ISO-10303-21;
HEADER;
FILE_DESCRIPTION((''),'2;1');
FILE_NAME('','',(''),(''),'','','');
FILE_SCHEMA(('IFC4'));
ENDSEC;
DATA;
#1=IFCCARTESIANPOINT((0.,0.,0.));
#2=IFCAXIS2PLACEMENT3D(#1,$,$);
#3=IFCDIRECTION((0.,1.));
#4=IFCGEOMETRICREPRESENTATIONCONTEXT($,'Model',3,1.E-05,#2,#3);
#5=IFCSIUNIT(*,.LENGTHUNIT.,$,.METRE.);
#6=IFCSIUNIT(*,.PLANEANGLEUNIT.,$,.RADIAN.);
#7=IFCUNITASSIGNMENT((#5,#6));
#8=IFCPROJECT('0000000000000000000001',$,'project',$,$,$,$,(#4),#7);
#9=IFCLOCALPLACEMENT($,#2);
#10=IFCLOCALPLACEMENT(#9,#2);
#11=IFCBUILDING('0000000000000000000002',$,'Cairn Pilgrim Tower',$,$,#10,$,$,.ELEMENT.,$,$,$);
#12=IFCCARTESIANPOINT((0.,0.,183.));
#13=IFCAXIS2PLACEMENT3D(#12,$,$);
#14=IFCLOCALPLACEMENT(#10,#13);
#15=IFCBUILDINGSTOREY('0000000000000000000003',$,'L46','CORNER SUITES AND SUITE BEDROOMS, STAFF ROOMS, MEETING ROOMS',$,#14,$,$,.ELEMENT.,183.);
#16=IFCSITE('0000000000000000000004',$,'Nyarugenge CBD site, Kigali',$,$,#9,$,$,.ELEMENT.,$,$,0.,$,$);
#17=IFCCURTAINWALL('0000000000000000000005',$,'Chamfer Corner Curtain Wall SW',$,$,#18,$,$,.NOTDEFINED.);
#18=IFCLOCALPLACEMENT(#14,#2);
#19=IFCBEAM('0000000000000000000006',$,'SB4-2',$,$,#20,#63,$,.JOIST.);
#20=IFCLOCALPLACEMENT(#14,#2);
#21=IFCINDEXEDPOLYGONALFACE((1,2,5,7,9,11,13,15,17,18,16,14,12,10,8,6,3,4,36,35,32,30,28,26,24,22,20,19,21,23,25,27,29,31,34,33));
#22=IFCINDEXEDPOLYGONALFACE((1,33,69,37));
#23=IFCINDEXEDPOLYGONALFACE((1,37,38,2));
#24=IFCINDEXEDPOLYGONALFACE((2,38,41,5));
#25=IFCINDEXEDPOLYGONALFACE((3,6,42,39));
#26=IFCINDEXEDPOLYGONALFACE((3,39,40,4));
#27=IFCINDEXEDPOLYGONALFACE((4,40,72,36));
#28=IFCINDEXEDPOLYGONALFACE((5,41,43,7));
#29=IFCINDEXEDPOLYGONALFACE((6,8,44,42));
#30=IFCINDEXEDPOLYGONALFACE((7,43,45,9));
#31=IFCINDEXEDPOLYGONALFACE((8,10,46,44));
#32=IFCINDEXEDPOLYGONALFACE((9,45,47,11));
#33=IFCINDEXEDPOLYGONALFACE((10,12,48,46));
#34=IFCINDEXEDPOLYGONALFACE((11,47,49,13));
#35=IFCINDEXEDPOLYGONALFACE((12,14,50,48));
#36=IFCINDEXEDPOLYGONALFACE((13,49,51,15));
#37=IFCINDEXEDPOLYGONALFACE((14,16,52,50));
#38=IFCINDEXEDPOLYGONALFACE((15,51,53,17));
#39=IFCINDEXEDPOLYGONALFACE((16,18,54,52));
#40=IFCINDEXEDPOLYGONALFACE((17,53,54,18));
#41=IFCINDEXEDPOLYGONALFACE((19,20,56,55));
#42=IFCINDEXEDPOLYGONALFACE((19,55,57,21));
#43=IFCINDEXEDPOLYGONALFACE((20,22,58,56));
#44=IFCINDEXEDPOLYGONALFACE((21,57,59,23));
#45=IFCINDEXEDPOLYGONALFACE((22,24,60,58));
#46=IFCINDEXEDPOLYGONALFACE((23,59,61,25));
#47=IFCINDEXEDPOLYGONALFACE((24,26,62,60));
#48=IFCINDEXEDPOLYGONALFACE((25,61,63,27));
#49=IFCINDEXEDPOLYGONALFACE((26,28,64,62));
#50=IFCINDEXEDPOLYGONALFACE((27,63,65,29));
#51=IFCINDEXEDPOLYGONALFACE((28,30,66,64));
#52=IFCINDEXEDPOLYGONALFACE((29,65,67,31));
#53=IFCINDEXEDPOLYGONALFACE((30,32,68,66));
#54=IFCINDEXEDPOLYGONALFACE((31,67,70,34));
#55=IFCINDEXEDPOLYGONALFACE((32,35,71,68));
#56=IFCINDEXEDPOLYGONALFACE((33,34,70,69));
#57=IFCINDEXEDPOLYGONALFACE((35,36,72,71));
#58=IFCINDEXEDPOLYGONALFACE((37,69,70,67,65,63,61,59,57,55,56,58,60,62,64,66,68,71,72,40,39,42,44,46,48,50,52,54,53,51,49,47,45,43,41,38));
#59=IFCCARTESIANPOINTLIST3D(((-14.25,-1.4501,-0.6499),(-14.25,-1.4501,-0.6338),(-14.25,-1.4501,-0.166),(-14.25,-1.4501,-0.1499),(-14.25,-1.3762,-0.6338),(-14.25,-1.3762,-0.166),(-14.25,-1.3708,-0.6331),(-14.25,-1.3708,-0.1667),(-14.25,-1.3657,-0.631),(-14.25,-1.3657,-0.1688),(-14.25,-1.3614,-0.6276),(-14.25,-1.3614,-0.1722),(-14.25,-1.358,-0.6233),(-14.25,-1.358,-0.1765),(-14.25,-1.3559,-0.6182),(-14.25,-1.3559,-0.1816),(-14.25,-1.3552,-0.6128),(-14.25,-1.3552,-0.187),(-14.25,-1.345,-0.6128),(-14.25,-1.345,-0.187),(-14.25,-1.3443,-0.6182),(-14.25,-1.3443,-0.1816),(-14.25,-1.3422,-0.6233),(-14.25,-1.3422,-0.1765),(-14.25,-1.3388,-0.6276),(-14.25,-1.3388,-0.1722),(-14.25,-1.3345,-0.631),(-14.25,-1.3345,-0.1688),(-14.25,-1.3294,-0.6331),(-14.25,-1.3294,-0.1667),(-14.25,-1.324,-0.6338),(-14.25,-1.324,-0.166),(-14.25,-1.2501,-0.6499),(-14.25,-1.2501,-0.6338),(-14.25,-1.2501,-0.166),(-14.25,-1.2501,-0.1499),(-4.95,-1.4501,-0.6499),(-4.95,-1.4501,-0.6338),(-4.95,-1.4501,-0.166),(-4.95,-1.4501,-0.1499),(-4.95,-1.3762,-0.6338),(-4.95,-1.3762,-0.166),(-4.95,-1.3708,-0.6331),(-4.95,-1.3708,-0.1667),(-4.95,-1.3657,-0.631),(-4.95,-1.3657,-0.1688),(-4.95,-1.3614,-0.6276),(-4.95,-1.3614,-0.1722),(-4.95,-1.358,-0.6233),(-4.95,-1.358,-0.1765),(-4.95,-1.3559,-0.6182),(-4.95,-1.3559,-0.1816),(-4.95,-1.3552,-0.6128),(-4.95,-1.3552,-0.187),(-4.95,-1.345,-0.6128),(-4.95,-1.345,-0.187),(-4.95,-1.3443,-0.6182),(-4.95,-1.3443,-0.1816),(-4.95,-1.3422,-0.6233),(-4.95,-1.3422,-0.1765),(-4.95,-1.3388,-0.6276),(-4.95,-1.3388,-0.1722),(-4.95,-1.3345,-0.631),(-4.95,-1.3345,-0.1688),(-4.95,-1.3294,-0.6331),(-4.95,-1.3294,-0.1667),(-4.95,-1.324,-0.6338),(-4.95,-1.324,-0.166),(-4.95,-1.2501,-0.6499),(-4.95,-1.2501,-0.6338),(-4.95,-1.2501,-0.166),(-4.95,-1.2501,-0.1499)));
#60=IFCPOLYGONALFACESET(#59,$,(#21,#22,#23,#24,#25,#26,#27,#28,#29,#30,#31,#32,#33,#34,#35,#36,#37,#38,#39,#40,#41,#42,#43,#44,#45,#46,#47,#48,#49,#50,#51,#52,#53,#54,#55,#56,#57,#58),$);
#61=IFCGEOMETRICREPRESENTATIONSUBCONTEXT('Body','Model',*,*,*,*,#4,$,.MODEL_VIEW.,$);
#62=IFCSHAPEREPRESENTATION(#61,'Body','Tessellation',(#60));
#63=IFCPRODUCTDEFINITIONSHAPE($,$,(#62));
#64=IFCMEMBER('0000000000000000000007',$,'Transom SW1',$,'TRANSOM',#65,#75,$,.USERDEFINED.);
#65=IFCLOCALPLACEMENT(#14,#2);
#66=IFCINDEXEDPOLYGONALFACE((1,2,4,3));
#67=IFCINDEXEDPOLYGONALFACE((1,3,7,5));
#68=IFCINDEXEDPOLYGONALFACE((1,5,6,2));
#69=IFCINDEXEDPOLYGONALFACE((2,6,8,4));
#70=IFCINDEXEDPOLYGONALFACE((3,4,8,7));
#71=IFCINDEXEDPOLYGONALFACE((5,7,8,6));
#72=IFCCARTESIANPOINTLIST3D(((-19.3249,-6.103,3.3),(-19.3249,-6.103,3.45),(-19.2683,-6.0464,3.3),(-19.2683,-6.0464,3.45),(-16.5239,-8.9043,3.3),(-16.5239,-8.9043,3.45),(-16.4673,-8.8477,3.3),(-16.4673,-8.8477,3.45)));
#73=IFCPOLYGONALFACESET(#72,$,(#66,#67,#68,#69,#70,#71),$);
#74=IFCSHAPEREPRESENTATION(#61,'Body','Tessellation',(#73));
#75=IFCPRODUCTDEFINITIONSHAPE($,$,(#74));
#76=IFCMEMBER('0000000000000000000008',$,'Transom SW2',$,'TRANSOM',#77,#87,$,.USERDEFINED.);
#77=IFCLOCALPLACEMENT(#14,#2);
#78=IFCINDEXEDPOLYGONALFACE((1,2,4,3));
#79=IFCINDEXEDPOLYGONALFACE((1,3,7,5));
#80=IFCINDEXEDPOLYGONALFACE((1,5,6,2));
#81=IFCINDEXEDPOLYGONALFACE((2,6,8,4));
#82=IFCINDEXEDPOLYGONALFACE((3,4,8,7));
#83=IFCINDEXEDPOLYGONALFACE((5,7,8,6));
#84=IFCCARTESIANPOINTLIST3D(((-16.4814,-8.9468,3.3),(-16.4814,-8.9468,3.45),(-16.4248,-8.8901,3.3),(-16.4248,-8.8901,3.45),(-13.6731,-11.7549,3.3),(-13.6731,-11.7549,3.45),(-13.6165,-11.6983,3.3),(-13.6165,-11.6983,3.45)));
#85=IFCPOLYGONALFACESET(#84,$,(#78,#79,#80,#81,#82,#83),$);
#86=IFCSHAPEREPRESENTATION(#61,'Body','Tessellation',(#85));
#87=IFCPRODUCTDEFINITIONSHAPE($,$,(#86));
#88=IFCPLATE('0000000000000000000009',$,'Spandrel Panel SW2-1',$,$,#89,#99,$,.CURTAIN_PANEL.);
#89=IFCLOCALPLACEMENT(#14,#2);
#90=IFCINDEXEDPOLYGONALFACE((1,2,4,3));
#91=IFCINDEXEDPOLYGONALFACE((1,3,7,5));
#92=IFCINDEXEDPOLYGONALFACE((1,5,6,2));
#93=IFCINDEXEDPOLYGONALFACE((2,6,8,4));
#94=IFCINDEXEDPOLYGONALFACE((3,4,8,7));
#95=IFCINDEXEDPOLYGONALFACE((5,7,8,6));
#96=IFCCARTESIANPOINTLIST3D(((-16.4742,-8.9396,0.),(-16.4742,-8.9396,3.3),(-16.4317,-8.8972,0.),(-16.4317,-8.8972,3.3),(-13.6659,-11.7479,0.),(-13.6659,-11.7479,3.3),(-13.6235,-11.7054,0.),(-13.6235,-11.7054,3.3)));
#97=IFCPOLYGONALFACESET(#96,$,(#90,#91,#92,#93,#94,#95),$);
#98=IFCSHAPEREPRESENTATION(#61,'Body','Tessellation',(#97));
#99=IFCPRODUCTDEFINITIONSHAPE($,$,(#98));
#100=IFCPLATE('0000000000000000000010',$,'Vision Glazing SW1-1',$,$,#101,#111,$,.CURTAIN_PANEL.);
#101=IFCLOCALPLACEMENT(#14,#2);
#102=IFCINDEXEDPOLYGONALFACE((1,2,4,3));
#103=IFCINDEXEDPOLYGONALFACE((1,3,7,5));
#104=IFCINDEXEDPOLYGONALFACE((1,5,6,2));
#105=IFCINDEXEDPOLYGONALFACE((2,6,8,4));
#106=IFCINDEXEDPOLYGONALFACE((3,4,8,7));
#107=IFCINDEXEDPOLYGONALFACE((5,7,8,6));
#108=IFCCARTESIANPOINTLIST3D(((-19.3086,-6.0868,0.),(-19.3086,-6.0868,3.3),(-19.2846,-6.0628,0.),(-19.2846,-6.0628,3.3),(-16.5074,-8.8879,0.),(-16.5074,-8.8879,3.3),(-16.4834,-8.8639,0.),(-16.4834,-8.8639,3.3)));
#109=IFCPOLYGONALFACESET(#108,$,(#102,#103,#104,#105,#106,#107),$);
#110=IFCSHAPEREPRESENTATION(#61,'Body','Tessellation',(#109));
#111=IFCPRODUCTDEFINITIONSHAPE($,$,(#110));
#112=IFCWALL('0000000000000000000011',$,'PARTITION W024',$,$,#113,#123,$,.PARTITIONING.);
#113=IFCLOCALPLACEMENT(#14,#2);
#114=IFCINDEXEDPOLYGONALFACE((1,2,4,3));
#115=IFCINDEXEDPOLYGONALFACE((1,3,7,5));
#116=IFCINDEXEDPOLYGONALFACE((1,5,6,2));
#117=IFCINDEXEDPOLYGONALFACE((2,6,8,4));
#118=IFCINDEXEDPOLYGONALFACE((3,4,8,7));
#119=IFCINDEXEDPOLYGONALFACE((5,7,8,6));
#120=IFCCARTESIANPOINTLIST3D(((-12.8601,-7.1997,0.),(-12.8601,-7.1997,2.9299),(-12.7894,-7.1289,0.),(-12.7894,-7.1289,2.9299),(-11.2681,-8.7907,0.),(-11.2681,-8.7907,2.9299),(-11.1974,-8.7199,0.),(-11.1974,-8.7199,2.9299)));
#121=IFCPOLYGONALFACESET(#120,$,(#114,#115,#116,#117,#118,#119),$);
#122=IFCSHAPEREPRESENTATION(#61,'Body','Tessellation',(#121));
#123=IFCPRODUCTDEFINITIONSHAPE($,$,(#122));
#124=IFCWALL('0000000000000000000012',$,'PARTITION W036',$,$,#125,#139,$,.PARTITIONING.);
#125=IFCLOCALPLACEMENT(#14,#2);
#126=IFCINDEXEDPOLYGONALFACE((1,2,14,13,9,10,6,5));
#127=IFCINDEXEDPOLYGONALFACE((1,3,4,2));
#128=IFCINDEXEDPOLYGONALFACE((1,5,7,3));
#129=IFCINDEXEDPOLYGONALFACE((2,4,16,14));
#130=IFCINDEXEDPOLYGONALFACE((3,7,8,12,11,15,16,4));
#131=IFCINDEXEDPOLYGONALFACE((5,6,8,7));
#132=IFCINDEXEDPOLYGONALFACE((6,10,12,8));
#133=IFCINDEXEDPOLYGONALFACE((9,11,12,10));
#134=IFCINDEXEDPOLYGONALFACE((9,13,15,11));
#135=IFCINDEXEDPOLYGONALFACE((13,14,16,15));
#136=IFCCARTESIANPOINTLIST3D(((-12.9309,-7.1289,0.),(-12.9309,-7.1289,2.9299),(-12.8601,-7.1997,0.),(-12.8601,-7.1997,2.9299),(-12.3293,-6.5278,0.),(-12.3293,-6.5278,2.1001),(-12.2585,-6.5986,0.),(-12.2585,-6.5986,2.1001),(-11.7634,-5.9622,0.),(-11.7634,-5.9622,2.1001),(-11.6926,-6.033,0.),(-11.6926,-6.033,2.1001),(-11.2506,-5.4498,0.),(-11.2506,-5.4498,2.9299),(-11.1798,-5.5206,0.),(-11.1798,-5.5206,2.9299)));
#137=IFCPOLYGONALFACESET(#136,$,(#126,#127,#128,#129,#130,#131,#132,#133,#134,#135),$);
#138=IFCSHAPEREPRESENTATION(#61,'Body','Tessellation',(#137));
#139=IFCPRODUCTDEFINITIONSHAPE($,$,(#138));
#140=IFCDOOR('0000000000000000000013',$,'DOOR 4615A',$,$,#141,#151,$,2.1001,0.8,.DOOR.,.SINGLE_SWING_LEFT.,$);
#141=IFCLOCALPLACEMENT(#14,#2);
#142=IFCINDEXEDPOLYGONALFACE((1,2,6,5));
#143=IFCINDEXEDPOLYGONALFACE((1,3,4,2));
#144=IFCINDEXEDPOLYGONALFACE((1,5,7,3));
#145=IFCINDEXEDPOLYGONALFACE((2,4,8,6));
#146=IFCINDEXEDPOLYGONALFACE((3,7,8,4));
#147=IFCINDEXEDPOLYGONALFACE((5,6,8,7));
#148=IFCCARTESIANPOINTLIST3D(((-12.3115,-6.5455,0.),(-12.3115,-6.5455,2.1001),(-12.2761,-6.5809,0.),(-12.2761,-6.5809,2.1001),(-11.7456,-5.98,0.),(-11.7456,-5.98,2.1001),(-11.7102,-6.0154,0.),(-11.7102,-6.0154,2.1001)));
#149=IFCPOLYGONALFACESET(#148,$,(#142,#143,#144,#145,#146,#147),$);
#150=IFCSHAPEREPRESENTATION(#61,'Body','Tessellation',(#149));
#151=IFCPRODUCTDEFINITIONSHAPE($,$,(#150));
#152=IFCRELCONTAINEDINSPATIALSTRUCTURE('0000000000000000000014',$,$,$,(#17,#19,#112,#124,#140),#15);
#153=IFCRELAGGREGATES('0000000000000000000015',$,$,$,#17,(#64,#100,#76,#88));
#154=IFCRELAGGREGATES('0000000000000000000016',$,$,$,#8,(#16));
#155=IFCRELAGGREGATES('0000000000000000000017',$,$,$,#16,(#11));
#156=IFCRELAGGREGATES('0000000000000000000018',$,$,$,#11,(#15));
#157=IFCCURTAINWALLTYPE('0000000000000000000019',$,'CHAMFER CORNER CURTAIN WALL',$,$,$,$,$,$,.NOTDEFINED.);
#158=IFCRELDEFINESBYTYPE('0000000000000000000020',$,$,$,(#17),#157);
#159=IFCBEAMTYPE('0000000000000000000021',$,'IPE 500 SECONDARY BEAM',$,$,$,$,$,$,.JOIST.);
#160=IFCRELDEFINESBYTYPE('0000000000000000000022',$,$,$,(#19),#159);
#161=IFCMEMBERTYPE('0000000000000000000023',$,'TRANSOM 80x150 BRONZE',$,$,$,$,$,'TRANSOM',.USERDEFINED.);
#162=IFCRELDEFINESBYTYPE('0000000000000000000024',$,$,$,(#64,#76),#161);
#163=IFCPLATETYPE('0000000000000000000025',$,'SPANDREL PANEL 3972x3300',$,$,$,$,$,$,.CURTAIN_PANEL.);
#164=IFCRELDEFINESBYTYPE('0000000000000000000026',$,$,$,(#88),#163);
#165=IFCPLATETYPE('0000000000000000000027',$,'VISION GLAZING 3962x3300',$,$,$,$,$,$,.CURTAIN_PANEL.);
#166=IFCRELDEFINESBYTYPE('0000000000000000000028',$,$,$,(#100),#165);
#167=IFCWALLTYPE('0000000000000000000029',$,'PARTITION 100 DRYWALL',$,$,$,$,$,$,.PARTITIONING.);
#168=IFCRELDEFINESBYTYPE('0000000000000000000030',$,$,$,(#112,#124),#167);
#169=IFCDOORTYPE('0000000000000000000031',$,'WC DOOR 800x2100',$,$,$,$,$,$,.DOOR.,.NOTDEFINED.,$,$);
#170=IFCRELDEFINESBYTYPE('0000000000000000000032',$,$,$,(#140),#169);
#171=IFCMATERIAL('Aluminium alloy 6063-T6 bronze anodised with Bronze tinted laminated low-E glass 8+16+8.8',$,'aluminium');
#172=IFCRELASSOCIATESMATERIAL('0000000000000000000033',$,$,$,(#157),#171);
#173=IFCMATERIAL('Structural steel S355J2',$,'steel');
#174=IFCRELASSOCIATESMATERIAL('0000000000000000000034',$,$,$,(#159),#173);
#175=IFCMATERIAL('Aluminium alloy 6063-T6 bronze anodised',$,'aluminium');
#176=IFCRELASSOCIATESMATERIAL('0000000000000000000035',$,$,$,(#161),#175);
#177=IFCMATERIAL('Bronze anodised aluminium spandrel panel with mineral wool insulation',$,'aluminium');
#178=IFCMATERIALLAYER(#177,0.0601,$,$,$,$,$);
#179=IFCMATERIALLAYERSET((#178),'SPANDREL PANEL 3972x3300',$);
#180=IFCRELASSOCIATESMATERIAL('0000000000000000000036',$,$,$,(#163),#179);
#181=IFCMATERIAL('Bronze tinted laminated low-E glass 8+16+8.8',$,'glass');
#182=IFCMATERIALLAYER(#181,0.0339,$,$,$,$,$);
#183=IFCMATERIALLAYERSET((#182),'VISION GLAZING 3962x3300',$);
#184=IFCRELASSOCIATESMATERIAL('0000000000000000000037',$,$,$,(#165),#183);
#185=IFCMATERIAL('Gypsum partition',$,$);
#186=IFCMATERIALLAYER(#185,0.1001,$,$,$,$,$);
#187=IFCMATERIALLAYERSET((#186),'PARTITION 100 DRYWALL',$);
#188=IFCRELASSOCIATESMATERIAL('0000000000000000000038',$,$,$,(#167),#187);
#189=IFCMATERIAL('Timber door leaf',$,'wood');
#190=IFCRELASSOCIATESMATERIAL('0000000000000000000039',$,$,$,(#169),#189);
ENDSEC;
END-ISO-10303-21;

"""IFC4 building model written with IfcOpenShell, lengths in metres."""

from ifc_helpers import new_model, si_unit, direction, frame, frame_2d, origin, origin_2d, place, context, subcontext, project, spatial, rectangle, i_section, extrude, material, layer, layer_set, material_profile, profile_set, type_object, element, fill, aggregate, save


model = new_model("IFC4")

# Units and contexts
model_context = context("Model", 3, precision=1e-05, world=origin(), true_north=direction((0.0, 1.0)))
body_context = subcontext(model_context, "Body", "Model", "MODEL_VIEW")
ifc_project = project(units=[si_unit("LENGTHUNIT", "METRE"), si_unit("PLANEANGLEUNIT", "RADIAN")], contexts=[model_context])

# Site, building, storey
site_placement = place(None, origin())
site = spatial("IfcSite", under=ifc_project, at=site_placement, Name="Nyarugenge CBD site, Kigali", CompositionType="ELEMENT", RefElevation=0.0)
building_placement = place(site_placement, origin())
building = spatial("IfcBuilding", under=site, at=building_placement, Name="Cairn Pilgrim Tower", CompositionType="ELEMENT")
storey_placement = place(building_placement, frame((0.0, 0.0, 183.0)))
storey = spatial("IfcBuildingStorey", under=building, at=storey_placement, Name="L46", Description="CORNER SUITES AND SUITE BEDROOMS, STAFF ROOMS, MEETING ROOMS", CompositionType="ELEMENT", Elevation=183.0)

# Shared definitions
ifc_material_1 = material(Name="Structural steel S355J2", Category="steel")

# Shared definitions
ifc_material_2 = material(Name="Aluminium alloy 6063-T6 bronze anodised with Bronze tinted laminated low-E glass 8+16+8.8", Category="aluminium")
ifc_material_3 = material(Name="Aluminium alloy 6063-T6 bronze anodised", Category="aluminium")

# Curtain wall
curtain_wall_type_1 = type_object("IfcCurtainWallType", Name="CHAMFER CORNER CURTAIN WALL", PredefinedType="NOTDEFINED", material=ifc_material_2)
curtain_wall_1_placement = place(storey_placement, origin())
curtain_wall_1 = element("IfcCurtainWall", 1, at=curtain_wall_1_placement, inside=storey, type_object=curtain_wall_type_1, Name="Chamfer Corner Curtain Wall SW", PredefinedType="NOTDEFINED")

# Beam
ifc_material_profile_1 = material_profile(ifc_material_1, i_section(OverallWidth=0.2, OverallDepth=0.5, WebThickness=0.0103, FlangeThickness=0.0161, FilletRadius=0.021, at=origin_2d()), Name="IPE 500")
ifc_profile_set_1 = profile_set([ifc_material_profile_1], Name="Structural steel S355J2")
beam_type_1 = type_object("IfcBeamType", Name="IPE 500 SECONDARY BEAM", PredefinedType="JOIST", material=ifc_profile_set_1)
for number, where, z_axis, x_axis, name in (
    (2, (-14.25, -1.3501, -0.3999), (1.0, 0.0, 0.0), (0.0, 1.0, 0.0), "SB4-2"),
):
    element("IfcBeam", number, at=place(storey_placement, frame(where, z_axis=z_axis, x_axis=x_axis)), inside=storey, type_object=beam_type_1, Name=name, PredefinedType="JOIST", context=body_context, shape_type="SweptSolid", body=[
        extrude(i_section(OverallWidth=0.2, OverallDepth=0.5, WebThickness=0.0103, FlangeThickness=0.0161, FilletRadius=0.021, at=origin_2d()), origin(), (0.0, 0.0, 1.0), 9.3),
    ])

# Members
ifc_material_profile_2 = material_profile(ifc_material_3, rectangle(XDim=0.0801, YDim=0.1499, at=origin_2d()), Name="TRANSOM 80x150 BRONZE")
ifc_profile_set_2 = profile_set([ifc_material_profile_2], Name="Aluminium alloy 6063-T6 bronze anodised")
member_type_1 = type_object("IfcMemberType", Name="TRANSOM 80x150 BRONZE", ElementType="TRANSOM", PredefinedType="USERDEFINED", material=ifc_profile_set_2)
member_1_placement = place(storey_placement, frame((-19.2966, -6.0747, 3.375), z_axis=(0.707076, -0.707138, 0.0), x_axis=(0.707138, 0.707076, 0.0)))
member_1 = element("IfcMember", 3, at=member_1_placement, type_object=member_type_1, Name="Transom SW1", ObjectType="TRANSOM", PredefinedType="USERDEFINED", context=body_context, shape_type="SweptSolid", body=[
    extrude(rectangle(XDim=0.0801, YDim=0.1499, at=origin_2d()), origin(), (0.0, 0.0, 1.0), 3.9614),
])
member_2_placement = place(storey_placement, frame((-16.4531, -8.9185, 3.375), z_axis=(0.707138, -0.707076, 0.0), x_axis=(0.707076, 0.707138, 0.0)))
member_2 = element("IfcMember", 4, at=member_2_placement, type_object=member_type_1, Name="Transom SW2", ObjectType="TRANSOM", PredefinedType="USERDEFINED", context=body_context, shape_type="SweptSolid", body=[
    extrude(rectangle(XDim=0.0801, YDim=0.1499, at=origin_2d()), origin(), (0.0, 0.0, 1.0), 3.9714),
])

# Plates
ifc_material_4 = material(Name="Bronze anodised aluminium spandrel panel with mineral wool insulation", Category="aluminium")
ifc_layer_1 = layer(ifc_material_4, 0.0601)
ifc_layer_set_1 = layer_set([ifc_layer_1], Name="SPANDREL PANEL 3972x3300")
plate_type_1 = type_object("IfcPlateType", Name="SPANDREL PANEL 3972x3300", PredefinedType="CURTAIN_PANEL", material=ifc_layer_set_1)
plate_1_placement = place(storey_placement, frame((-15.0488, -10.3225, 0.0), z_axis=(0.0, 0.0, 1.0), x_axis=(0.707107, -0.707107, 0.0)))
plate_1 = element("IfcPlate", 5, at=plate_1_placement, type_object=plate_type_1, Name="Spandrel Panel SW2-1", PredefinedType="CURTAIN_PANEL", context=body_context, shape_type="SweptSolid", body=[
    extrude(rectangle(XDim=3.9714, YDim=0.0601, at=origin_2d()), origin(), (0.0, 0.0, 1.0), 3.3),
])
ifc_material_5 = material(Name="Bronze tinted laminated low-E glass 8+16+8.8", Category="glass")
ifc_layer_2 = layer(ifc_material_5, 0.0339)
ifc_layer_set_2 = layer_set([ifc_layer_2], Name="VISION GLAZING 3962x3300")
plate_type_2 = type_object("IfcPlateType", Name="VISION GLAZING 3962x3300", PredefinedType="CURTAIN_PANEL", material=ifc_layer_set_2)
plate_2_placement = place(storey_placement, frame((-17.896, -7.4753, 0.0), z_axis=(0.0, 0.0, 1.0), x_axis=(0.707107, -0.707107, 0.0)))
plate_2 = element("IfcPlate", 6, at=plate_2_placement, type_object=plate_type_2, Name="Vision Glazing SW1-1", PredefinedType="CURTAIN_PANEL", context=body_context, shape_type="SweptSolid", body=[
    extrude(rectangle(XDim=3.9614, YDim=0.0339, at=origin_2d()), origin(), (0.0, 0.0, 1.0), 3.3),
])
aggregate(curtain_wall_1, [member_1, plate_2, member_2, plate_1])

# Wall
ifc_material_6 = material(Name="Gypsum partition")
ifc_layer_3 = layer(ifc_material_6, 0.1001)
ifc_layer_set_3 = layer_set([ifc_layer_3], Name="PARTITION 100 DRYWALL")
wall_type_1 = type_object("IfcWallType", Name="PARTITION 100 DRYWALL", PredefinedType="PARTITIONING", material=ifc_layer_set_3)
wall_1_placement = place(storey_placement, frame((-11.2327, -8.7554, 0.0), z_axis=(0.0, 0.0, 1.0), x_axis=(-0.707324, 0.70689, 0.0)))
element("IfcWall", 7, at=wall_1_placement, inside=storey, type_object=wall_type_1, Name="PARTITION W024", PredefinedType="PARTITIONING", context=body_context, shape_type="SweptSolid", body=[
    extrude(rectangle(XDim=2.2507, YDim=0.1001, at=frame_2d((1.1255, 0.0))), origin(), (0.0, 0.0, 1.0), 2.9299),
])

# Wall, opening, door
wall_2_placement = place(storey_placement, frame((-12.8955, -7.1643, 0.0), z_axis=(0.0, 0.0, 1.0), x_axis=(0.707364, 0.70685, 0.0)))
wall_2 = element("IfcWall", 8, at=wall_2_placement, inside=storey, type_object=wall_type_1, Name="PARTITION W036", PredefinedType="PARTITIONING", context=body_context, shape_type="SweptSolid", body=[
    extrude(rectangle(XDim=2.3755, YDim=0.1001, at=frame_2d((1.1877, 0.0))), origin(), (0.0, 0.0, 1.0), 2.9299),
])
opening_1_placement = place(wall_2_placement, frame((0.8506, 0.0, 0.0)))
opening_1 = element("IfcOpeningElement", 9, at=opening_1_placement, cuts=wall_2, PredefinedType="OPENING", context=body_context, shape_type="SweptSolid", body=[
    extrude(rectangle(XDim=0.8, YDim=2.1001, at=frame_2d((0.3999, 1.05))), frame((0.0, 0.0601, 0.0), z_axis=(0.0, -1.0, 0.0), x_axis=(1.0, 0.0, 0.0)), (0.0, 0.0, 1.0), 0.1201),
])
ifc_material_7 = material(Name="Timber door leaf", Category="wood")
door_type_1 = type_object("IfcDoorType", Name="WC DOOR 800x2100", OperationType="NOTDEFINED", PredefinedType="DOOR", material=ifc_material_7)
door_1_placement = place(opening_1_placement, origin())
door_1 = element("IfcDoor", 10, at=door_1_placement, inside=storey, type_object=door_type_1, Name="DOOR 4615A", OperationType="SINGLE_SWING_LEFT", OverallHeight=2.1001, OverallWidth=0.8, PredefinedType="DOOR", context=body_context, shape_type="SweptSolid", body=[
    extrude(rectangle(XDim=0.8, YDim=2.1001, at=frame_2d((0.3999, 1.05))), frame((0.0, 0.0249, 0.0), z_axis=(0.0, -1.0, 0.0), x_axis=(1.0, 0.0, 0.0)), (0.0, 0.0, 1.0), 0.05),
])
fill(opening_1, door_1)

save(model, "model.ifc")
